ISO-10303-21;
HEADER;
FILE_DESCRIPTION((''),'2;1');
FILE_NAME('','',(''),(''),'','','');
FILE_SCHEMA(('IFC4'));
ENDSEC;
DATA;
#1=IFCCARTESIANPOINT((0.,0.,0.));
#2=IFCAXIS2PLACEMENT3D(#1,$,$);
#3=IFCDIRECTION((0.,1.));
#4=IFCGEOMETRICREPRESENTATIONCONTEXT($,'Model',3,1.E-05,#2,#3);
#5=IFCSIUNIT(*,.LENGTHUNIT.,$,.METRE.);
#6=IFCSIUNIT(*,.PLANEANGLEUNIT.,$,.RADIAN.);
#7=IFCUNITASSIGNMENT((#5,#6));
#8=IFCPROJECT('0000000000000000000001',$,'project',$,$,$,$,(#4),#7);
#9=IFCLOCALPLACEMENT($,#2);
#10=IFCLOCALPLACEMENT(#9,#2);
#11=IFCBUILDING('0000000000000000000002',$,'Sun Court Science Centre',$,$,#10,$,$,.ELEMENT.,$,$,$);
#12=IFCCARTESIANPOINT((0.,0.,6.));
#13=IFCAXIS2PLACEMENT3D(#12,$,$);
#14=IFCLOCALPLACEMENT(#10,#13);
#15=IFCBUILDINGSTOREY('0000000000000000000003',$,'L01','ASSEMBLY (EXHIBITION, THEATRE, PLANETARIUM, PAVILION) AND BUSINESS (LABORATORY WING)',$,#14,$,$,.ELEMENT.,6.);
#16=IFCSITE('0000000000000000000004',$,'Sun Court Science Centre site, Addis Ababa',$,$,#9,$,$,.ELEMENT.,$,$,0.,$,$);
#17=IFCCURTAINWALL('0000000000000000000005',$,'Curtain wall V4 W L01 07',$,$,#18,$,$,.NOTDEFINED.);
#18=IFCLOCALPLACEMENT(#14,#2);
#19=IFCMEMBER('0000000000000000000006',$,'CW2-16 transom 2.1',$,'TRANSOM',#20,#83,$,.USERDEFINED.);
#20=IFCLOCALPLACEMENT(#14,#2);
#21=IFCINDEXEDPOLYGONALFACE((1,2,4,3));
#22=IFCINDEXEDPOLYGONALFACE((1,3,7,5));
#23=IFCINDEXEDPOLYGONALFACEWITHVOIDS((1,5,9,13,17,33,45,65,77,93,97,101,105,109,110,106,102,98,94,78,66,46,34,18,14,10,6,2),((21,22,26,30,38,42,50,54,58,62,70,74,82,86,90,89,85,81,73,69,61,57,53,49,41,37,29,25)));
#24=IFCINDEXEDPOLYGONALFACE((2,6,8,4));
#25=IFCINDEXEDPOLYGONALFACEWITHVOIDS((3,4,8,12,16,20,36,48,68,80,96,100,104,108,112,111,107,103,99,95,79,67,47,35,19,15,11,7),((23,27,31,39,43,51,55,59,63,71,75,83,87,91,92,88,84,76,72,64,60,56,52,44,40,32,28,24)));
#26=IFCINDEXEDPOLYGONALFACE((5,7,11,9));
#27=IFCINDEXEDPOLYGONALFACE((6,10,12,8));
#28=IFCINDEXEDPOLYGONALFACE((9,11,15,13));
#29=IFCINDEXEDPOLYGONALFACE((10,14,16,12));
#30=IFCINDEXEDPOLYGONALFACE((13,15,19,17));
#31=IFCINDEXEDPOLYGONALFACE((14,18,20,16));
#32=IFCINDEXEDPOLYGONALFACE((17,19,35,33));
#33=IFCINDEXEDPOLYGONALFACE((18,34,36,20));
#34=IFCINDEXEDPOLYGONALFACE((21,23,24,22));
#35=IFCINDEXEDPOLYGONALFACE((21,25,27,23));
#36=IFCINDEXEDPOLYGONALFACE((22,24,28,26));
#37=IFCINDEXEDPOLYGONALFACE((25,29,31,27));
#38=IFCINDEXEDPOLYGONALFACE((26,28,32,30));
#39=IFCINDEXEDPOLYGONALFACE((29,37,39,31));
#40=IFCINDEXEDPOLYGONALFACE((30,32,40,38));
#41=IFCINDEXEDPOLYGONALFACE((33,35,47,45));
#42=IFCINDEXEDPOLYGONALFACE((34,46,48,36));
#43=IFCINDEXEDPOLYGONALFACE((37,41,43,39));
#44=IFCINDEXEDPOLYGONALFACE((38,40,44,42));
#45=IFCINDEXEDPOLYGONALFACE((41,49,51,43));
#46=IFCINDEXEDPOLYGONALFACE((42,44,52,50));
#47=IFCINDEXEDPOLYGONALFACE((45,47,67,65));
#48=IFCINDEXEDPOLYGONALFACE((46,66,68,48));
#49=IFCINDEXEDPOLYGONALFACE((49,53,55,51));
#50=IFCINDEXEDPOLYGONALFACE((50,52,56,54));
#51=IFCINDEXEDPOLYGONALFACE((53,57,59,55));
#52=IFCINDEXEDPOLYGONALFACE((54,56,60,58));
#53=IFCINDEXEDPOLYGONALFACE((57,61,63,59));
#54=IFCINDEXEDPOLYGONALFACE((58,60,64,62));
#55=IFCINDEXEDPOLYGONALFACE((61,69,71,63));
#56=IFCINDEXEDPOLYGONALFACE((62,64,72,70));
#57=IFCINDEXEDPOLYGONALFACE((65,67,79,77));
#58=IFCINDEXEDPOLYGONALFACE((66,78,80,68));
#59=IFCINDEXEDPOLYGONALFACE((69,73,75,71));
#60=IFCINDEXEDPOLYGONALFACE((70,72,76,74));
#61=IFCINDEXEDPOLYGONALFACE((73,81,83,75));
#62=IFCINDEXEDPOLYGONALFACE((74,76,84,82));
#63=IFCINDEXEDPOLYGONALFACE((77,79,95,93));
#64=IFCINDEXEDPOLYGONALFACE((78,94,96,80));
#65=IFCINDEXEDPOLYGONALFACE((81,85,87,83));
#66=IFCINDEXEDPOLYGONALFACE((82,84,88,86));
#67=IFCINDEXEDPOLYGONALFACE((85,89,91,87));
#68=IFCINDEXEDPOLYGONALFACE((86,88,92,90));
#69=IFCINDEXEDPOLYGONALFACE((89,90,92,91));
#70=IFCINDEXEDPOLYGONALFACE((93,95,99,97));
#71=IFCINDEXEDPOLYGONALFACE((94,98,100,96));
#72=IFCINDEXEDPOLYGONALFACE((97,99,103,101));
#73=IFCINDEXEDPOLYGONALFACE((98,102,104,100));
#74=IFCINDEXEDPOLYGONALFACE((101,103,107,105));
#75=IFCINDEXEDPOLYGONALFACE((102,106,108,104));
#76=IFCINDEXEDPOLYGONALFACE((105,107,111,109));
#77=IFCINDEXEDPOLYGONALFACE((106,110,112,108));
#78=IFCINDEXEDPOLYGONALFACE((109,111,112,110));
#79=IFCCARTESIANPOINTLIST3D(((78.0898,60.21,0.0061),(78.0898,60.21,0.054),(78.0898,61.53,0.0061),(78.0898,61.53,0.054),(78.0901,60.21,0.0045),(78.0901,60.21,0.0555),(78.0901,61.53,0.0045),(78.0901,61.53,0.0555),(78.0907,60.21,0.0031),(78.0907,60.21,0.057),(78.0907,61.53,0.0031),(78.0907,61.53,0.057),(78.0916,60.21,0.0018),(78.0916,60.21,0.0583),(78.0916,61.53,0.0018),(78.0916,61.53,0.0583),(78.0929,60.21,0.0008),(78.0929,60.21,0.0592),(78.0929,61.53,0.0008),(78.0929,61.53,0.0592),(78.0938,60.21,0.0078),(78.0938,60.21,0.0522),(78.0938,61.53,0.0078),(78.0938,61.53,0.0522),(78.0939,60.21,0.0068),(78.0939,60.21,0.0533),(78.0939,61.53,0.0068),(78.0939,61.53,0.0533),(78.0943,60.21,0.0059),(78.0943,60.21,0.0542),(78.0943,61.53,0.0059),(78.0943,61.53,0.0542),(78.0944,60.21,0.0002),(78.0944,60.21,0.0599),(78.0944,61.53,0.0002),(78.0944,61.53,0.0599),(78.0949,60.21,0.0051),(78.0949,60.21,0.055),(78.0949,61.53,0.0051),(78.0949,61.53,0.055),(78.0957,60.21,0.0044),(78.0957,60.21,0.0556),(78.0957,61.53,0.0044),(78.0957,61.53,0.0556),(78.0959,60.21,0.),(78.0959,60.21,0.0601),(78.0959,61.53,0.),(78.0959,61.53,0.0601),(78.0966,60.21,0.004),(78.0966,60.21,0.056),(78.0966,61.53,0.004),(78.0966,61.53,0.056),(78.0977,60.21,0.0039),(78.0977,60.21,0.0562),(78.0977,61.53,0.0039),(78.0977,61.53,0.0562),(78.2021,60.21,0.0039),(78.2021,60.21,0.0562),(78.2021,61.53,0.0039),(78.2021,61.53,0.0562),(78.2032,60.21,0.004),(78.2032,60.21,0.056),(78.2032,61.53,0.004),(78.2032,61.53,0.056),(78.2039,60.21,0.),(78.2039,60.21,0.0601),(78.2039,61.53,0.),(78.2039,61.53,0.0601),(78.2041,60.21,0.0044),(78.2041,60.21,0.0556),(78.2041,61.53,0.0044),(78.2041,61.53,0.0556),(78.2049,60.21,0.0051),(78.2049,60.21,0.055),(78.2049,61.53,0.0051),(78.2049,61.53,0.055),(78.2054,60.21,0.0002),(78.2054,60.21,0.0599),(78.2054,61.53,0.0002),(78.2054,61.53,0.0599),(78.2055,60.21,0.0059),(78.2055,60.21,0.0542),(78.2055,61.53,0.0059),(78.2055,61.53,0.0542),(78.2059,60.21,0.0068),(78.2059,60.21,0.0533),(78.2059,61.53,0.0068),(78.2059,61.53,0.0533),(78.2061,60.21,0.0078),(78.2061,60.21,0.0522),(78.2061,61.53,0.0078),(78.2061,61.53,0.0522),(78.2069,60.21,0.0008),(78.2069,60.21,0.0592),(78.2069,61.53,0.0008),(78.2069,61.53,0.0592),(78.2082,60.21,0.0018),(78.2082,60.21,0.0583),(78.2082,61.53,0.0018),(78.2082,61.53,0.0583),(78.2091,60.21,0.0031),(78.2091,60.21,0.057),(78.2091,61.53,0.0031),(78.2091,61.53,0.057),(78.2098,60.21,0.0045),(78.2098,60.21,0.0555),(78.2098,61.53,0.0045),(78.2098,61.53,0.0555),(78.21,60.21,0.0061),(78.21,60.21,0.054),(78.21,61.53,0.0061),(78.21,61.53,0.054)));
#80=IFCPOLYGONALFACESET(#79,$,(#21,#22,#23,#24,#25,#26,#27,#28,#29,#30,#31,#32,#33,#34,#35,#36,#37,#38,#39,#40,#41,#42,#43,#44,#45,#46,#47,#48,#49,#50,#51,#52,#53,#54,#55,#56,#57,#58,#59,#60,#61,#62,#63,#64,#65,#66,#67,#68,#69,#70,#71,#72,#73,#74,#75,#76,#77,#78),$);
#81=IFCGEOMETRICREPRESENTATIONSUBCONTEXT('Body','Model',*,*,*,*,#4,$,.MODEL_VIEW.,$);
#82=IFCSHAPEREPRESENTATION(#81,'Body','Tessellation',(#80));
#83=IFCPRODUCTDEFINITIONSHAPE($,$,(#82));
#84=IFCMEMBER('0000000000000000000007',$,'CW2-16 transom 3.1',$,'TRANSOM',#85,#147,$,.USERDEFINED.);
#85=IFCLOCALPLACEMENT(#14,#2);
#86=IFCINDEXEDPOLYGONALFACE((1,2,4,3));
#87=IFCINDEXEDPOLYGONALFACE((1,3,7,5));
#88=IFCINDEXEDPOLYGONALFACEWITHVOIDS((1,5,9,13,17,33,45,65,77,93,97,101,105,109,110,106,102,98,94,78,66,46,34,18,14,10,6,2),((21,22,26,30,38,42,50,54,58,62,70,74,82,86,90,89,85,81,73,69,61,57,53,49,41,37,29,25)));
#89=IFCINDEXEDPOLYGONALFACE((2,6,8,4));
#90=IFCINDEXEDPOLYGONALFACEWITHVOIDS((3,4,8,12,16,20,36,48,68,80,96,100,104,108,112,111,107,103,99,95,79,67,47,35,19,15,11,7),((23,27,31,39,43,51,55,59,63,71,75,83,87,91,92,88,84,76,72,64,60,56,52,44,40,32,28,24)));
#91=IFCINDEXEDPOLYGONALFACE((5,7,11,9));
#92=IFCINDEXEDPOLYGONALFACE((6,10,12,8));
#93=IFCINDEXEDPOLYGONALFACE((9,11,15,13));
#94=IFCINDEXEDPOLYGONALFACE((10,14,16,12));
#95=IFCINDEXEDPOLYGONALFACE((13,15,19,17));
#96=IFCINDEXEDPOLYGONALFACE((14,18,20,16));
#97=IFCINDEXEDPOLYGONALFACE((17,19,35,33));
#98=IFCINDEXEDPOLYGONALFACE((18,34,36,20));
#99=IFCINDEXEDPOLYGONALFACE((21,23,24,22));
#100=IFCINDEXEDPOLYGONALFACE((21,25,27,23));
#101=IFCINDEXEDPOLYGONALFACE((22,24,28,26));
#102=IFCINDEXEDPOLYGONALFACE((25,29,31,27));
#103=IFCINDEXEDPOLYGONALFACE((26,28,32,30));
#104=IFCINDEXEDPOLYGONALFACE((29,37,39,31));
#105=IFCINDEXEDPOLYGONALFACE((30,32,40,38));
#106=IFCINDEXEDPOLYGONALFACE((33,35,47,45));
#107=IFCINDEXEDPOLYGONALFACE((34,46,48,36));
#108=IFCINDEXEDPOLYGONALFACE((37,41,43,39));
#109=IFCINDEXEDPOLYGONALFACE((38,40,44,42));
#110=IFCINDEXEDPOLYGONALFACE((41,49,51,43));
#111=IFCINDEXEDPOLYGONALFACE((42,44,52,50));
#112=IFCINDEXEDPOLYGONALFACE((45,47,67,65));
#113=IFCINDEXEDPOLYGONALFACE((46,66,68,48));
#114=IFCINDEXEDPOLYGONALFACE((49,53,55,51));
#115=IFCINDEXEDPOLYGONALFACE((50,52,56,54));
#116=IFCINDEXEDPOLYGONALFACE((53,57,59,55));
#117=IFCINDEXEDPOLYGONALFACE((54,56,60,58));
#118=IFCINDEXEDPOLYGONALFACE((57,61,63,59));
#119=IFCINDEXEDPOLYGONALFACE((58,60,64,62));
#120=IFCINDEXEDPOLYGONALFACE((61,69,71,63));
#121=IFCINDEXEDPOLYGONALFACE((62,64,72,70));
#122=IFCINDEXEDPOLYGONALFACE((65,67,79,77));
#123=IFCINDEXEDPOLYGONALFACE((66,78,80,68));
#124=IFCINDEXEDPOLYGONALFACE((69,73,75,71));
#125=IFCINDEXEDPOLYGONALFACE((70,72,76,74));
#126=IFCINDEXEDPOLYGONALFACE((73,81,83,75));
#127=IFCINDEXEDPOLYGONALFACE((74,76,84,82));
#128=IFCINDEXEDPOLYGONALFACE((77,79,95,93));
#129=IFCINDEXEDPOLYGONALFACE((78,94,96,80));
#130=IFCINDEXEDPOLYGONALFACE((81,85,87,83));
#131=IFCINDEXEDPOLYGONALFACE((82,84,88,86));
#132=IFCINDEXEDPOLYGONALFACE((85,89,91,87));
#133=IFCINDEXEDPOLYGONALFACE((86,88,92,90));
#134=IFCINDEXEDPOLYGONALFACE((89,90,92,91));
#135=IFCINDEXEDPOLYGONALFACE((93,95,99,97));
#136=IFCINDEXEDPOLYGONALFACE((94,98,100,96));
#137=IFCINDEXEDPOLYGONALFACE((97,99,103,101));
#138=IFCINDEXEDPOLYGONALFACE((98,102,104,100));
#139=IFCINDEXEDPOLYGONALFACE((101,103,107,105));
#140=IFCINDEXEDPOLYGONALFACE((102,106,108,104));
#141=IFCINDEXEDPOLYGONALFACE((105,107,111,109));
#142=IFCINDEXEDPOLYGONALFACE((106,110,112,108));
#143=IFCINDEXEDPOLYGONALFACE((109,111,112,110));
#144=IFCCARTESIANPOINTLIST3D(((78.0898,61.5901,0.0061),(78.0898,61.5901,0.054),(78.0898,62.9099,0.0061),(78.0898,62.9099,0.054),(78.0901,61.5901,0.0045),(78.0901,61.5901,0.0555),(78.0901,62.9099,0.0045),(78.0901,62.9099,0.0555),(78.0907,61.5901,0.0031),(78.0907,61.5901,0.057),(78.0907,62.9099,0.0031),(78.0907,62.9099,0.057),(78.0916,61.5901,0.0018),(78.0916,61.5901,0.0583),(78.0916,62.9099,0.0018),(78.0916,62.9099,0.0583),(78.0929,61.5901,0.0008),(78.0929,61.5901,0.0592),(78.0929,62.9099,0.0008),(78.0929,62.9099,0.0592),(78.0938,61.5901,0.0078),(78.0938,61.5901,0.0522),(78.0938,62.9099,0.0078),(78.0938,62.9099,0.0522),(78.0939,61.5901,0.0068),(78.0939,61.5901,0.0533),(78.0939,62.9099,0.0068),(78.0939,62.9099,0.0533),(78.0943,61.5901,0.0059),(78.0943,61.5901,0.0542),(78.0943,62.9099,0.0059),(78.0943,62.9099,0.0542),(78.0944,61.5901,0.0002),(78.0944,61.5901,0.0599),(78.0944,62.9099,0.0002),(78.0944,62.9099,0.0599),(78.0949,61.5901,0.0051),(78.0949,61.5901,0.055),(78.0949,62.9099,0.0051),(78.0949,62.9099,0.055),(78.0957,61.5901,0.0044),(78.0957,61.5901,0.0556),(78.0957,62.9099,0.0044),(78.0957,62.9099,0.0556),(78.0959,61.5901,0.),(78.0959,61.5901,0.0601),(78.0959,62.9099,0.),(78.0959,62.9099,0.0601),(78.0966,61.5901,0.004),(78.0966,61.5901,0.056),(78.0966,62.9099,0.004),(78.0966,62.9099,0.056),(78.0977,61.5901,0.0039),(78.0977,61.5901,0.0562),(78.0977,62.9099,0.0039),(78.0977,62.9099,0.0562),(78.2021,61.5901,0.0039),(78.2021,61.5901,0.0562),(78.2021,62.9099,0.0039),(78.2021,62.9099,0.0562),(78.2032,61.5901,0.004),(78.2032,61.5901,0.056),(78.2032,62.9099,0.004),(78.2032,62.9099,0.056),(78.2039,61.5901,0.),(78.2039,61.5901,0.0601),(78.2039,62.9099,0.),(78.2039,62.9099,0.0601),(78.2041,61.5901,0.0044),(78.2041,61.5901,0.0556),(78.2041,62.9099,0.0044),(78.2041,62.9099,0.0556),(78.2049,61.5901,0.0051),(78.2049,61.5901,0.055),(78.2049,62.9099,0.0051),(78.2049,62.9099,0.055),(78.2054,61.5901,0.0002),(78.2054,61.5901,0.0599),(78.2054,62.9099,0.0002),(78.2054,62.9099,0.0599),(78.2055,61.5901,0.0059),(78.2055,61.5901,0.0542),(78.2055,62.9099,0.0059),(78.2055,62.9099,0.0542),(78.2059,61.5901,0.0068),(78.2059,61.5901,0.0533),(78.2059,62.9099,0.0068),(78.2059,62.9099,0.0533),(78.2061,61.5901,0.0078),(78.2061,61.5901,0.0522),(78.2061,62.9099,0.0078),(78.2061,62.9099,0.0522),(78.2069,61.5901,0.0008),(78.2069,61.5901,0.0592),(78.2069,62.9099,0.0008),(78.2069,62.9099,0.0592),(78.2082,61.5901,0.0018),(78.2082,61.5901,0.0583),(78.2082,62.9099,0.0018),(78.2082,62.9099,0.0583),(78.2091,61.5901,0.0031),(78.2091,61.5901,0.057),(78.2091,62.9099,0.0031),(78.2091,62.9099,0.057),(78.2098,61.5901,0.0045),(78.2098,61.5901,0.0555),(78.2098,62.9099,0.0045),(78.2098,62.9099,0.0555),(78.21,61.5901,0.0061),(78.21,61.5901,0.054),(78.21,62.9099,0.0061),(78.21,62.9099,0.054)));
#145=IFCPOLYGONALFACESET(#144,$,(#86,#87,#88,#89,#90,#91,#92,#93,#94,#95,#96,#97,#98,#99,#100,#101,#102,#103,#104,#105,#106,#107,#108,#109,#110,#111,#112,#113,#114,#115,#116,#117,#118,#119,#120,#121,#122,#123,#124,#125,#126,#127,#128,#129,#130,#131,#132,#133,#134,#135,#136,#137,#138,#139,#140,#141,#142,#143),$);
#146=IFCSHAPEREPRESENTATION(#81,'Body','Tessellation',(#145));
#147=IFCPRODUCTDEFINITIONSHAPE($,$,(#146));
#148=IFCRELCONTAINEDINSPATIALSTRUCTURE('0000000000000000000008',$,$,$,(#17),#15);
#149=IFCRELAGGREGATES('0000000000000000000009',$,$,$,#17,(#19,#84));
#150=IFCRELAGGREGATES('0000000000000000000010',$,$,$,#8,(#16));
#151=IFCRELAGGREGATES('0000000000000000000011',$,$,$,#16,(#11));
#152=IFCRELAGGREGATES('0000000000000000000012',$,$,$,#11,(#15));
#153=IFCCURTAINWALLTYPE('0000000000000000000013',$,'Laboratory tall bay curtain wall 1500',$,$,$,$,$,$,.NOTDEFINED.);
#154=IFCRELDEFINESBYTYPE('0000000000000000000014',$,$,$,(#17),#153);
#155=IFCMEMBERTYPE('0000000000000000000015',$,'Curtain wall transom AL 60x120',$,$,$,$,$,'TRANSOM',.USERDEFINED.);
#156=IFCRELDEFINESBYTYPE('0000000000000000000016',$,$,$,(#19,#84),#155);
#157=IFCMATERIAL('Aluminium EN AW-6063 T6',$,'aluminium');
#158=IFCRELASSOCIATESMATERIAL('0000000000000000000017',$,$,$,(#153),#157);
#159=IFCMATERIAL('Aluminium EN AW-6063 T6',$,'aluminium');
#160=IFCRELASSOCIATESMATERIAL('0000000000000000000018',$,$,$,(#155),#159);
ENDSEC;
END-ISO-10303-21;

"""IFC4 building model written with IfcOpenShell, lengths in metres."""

from ifc_helpers import new_model, si_unit, direction, frame, origin, origin_2d, place, context, subcontext, project, spatial, hollow_rectangle, extrude, material, material_profile, profile_set, type_object, element, aggregate, save


model = new_model("IFC4")

# Units and contexts
model_context = context("Model", 3, precision=1e-05, world=origin(), true_north=direction((0.0, 1.0)))
body_context = subcontext(model_context, "Body", "Model", "MODEL_VIEW")
ifc_project = project(units=[si_unit("LENGTHUNIT", "METRE"), si_unit("PLANEANGLEUNIT", "RADIAN")], contexts=[model_context])

# Site, building, storey
site_placement = place(None, origin())
site = spatial("IfcSite", under=ifc_project, at=site_placement, Name="Sun Court Science Centre site, Addis Ababa", CompositionType="ELEMENT", RefElevation=0.0)
building_placement = place(site_placement, origin())
building = spatial("IfcBuilding", under=site, at=building_placement, Name="Sun Court Science Centre", CompositionType="ELEMENT")
storey_placement = place(building_placement, frame((0.0, 0.0, 6.0)))
storey = spatial("IfcBuildingStorey", under=building, at=storey_placement, Name="L01", Description="ASSEMBLY (EXHIBITION, THEATRE, PLANETARIUM, PAVILION) AND BUSINESS (LABORATORY WING)", CompositionType="ELEMENT", Elevation=6.0)

# Curtain wall, members
ifc_material_1 = material(Name="Aluminium EN AW-6063 T6", Category="aluminium")
curtain_wall_type = type_object("IfcCurtainWallType", Name="Laboratory tall bay curtain wall 1500", PredefinedType="NOTDEFINED", material=ifc_material_1)
curtain_wall_placement = place(storey_placement, origin())
curtain_wall = element("IfcCurtainWall", 1, at=curtain_wall_placement, inside=storey, type_object=curtain_wall_type, Name="Curtain wall V4 W L01 07", PredefinedType="NOTDEFINED")
ifc_material_2 = material(Name="Aluminium EN AW-6063 T6", Category="aluminium")
ifc_material_profile_1 = material_profile(ifc_material_2, hollow_rectangle(XDim=0.0601, YDim=0.1201, WallThickness=0.0039, InnerFilletRadius=0.0039, OuterFilletRadius=0.0061, at=origin_2d()), Name="AL 60x120x4")
ifc_profile_set_1 = profile_set([ifc_material_profile_1], Name="Aluminium EN AW-6063 T6")
member_type_1 = type_object("IfcMemberType", Name="Curtain wall transom AL 60x120", ElementType="TRANSOM", PredefinedType="USERDEFINED", material=ifc_profile_set_1)
member_1_placement = place(storey_placement, frame((78.1499, 60.21, 0.03), z_axis=(0.0, 1.0, 0.0), x_axis=(0.0, 0.0, 1.0)))
member_1 = element("IfcMember", 2, at=member_1_placement, type_object=member_type_1, Name="CW2-16 transom 2.1", ObjectType="TRANSOM", PredefinedType="USERDEFINED", context=body_context, shape_type="SweptSolid", body=[
    extrude(hollow_rectangle(XDim=0.0601, YDim=0.1201, WallThickness=0.0039, InnerFilletRadius=0.0039, OuterFilletRadius=0.0061, at=origin_2d()), origin(), (0.0, 0.0, 1.0), 1.3201),
])
member_2_placement = place(storey_placement, frame((78.1499, 61.5901, 0.03), z_axis=(0.0, 1.0, 0.0), x_axis=(0.0, 0.0, 1.0)))
member_2 = element("IfcMember", 3, at=member_2_placement, type_object=member_type_1, Name="CW2-16 transom 3.1", ObjectType="TRANSOM", PredefinedType="USERDEFINED", context=body_context, shape_type="SweptSolid", body=[
    extrude(hollow_rectangle(XDim=0.0601, YDim=0.1201, WallThickness=0.0039, InnerFilletRadius=0.0039, OuterFilletRadius=0.0061, at=origin_2d()), origin(), (0.0, 0.0, 1.0), 1.3198),
])

aggregate(curtain_wall, [member_1, member_2])

save(model, "model.ifc")
